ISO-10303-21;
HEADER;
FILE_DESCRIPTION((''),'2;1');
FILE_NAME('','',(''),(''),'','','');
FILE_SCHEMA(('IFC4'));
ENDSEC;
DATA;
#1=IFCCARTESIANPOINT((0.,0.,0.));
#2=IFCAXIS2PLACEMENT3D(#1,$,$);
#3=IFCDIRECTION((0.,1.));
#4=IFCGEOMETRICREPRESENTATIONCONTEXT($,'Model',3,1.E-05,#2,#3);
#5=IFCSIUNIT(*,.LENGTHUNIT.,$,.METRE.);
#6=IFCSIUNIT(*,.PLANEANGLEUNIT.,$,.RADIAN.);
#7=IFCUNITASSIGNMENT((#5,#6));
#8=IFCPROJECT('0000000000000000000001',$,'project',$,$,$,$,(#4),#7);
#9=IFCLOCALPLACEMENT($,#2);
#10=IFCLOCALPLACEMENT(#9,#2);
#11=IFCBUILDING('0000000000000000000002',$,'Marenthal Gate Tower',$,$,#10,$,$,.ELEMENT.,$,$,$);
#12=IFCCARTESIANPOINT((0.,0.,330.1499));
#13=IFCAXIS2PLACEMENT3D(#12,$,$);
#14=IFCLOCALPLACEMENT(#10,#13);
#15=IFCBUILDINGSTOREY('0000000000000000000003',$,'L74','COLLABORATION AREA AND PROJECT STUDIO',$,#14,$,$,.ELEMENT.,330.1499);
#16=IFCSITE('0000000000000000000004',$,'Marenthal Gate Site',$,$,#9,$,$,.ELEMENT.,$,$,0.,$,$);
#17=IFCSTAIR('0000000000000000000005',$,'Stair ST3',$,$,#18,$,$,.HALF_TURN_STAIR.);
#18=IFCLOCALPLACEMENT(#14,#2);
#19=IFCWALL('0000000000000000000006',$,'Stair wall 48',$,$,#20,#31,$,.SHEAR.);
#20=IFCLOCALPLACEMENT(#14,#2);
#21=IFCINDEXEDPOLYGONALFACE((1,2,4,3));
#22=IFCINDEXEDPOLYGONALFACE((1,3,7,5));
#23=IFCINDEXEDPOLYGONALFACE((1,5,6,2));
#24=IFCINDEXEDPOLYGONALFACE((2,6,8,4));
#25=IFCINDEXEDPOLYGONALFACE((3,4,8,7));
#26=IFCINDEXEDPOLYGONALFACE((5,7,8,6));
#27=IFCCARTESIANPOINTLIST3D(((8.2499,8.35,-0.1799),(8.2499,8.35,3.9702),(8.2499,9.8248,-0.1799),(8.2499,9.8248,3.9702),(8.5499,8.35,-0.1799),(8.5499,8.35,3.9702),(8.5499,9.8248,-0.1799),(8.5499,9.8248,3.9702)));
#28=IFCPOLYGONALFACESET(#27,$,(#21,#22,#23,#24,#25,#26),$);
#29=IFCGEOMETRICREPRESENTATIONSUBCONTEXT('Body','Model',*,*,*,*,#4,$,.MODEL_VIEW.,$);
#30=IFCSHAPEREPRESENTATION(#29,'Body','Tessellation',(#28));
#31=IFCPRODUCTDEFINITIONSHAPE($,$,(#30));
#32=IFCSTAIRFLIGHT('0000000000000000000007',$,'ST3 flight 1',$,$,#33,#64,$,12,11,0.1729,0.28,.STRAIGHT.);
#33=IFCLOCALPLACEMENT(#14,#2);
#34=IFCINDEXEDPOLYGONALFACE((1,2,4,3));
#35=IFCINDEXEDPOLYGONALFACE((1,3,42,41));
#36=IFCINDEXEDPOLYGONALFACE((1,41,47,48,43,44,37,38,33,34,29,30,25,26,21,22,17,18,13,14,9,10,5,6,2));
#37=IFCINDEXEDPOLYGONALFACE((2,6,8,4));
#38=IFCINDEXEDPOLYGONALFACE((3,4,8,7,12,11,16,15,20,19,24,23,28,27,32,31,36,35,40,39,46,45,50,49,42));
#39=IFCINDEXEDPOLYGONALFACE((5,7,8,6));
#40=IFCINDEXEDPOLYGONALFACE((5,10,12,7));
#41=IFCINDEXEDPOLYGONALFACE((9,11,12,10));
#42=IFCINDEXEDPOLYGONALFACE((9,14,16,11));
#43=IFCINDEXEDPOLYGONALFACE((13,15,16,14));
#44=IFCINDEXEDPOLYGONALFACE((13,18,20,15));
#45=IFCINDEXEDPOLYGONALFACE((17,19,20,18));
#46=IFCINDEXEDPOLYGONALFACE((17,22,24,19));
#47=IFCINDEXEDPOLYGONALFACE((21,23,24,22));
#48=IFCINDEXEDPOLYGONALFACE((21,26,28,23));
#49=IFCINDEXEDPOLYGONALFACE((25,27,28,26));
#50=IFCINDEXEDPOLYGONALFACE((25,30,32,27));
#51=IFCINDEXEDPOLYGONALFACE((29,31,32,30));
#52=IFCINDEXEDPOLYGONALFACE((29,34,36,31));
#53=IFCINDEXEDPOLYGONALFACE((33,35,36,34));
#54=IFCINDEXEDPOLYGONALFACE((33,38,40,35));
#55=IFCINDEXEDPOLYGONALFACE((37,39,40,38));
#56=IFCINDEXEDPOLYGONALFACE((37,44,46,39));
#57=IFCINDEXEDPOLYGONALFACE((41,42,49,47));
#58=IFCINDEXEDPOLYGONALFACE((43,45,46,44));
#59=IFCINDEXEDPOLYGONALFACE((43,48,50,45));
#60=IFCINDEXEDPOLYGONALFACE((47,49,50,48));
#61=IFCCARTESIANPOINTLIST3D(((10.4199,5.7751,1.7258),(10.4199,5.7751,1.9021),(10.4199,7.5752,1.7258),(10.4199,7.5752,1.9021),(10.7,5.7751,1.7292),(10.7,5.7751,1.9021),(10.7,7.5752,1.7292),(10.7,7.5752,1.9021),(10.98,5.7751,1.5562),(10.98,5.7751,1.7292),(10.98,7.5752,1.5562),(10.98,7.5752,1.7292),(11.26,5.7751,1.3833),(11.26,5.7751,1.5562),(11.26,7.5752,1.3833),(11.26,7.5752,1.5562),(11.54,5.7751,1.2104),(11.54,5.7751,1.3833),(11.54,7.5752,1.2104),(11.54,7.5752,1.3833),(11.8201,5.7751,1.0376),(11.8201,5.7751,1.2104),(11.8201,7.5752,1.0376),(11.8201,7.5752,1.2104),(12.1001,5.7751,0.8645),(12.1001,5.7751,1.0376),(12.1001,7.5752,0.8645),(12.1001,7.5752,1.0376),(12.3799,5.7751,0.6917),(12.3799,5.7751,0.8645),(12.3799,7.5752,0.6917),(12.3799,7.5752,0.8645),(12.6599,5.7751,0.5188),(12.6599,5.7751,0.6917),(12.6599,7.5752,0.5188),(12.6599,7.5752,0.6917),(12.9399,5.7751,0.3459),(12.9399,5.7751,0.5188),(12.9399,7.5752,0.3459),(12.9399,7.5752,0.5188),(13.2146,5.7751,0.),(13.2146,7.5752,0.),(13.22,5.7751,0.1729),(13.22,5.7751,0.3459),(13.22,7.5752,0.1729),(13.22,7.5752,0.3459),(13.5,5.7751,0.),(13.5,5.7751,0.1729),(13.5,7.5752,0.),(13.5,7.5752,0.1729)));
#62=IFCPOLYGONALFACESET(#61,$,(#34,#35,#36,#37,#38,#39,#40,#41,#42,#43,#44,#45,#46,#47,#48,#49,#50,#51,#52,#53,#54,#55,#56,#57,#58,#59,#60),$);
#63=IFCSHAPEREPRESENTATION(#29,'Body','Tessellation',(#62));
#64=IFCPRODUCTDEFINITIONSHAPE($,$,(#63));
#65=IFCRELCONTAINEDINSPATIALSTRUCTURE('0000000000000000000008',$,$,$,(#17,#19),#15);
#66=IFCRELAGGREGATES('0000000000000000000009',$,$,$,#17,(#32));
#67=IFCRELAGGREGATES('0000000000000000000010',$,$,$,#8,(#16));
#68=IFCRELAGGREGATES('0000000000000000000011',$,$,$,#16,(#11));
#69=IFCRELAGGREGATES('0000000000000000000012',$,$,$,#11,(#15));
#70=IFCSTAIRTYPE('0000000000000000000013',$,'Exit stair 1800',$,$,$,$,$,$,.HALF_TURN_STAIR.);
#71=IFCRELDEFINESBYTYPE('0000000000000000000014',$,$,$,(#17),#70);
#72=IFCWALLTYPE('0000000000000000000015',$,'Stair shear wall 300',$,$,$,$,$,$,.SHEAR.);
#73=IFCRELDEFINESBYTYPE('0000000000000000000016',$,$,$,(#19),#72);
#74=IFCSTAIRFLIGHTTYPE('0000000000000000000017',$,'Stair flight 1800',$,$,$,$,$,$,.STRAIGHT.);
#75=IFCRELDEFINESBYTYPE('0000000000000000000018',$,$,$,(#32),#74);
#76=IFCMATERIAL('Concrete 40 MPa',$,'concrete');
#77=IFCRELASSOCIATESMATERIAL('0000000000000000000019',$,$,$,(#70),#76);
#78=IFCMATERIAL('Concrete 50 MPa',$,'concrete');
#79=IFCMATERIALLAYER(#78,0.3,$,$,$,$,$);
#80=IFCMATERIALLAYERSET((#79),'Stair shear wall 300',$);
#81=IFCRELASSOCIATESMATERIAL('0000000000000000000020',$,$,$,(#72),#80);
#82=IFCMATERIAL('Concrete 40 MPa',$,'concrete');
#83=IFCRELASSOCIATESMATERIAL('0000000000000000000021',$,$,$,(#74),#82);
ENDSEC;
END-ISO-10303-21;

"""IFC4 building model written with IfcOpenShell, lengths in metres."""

from ifc_helpers import new_model, si_unit, direction, frame, frame_2d, origin, place, context, subcontext, project, spatial, polyline, rectangle, outline, extrude, material, layer, layer_set, type_object, element, aggregate, save


model = new_model("IFC4")

# Units and contexts
model_context = context("Model", 3, precision=1e-05, world=origin(), true_north=direction((0.0, 1.0)))
body_context = subcontext(model_context, "Body", "Model", "MODEL_VIEW")
ifc_project = project(units=[si_unit("LENGTHUNIT", "METRE"), si_unit("PLANEANGLEUNIT", "RADIAN")], contexts=[model_context])

# Site, building, storey
site_placement = place(None, origin())
site = spatial("IfcSite", under=ifc_project, at=site_placement, Name="Marenthal Gate Site", CompositionType="ELEMENT", RefElevation=0.0)
building_placement = place(site_placement, origin())
building = spatial("IfcBuilding", under=site, at=building_placement, Name="Marenthal Gate Tower", CompositionType="ELEMENT")
storey_placement = place(building_placement, frame((0.0, 0.0, 330.1499)))
storey = spatial("IfcBuildingStorey", under=building, at=storey_placement, Name="L74", Description="COLLABORATION AREA AND PROJECT STUDIO", CompositionType="ELEMENT", Elevation=330.1499)

# Stair
ifc_material_1 = material(Name="Concrete 40 MPa", Category="concrete")
stair_type = type_object("IfcStairType", Name="Exit stair 1800", PredefinedType="HALF_TURN_STAIR", material=ifc_material_1)
stair_1_placement = place(storey_placement, origin())
stair_1 = element("IfcStair", 1, at=stair_1_placement, inside=storey, type_object=stair_type, Name="Stair ST3", PredefinedType="HALF_TURN_STAIR")

# Wall
ifc_material_2 = material(Name="Concrete 50 MPa", Category="concrete")
ifc_layer_1 = layer(ifc_material_2, 0.3)
ifc_layer_set_1 = layer_set([ifc_layer_1], Name="Stair shear wall 300")
wall_type_1 = type_object("IfcWallType", Name="Stair shear wall 300", PredefinedType="SHEAR", material=ifc_layer_set_1)
wall_1_placement = place(storey_placement, frame((8.3999, 8.3501, -0.1799), z_axis=(0.0, 0.0, 1.0), x_axis=(0.0, 1.0, 0.0)))
element("IfcWall", 2, at=wall_1_placement, inside=storey, type_object=wall_type_1, Name="Stair wall 48", PredefinedType="SHEAR", context=body_context, shape_type="SweptSolid", body=[
    extrude(rectangle(XDim=1.4749, YDim=0.3, at=frame_2d((0.7373, 0.0))), origin(), (0.0, 0.0, 1.0), 4.1501),
])

# Stair flight
ifc_material_3 = material(Name="Concrete 40 MPa", Category="concrete")
stair_flight_type = type_object("IfcStairFlightType", Name="Stair flight 1800", PredefinedType="STRAIGHT", material=ifc_material_3)
stair_flight_placement = place(storey_placement, frame((13.5, 6.675, 0.0), z_axis=(0.0, 0.0, 1.0), x_axis=(-1.0, 0.0, 0.0)))
stair_flight = element("IfcStairFlight", 3, at=stair_flight_placement, type_object=stair_flight_type, Name="ST3 flight 1", NumberOfRisers=12, NumberOfTreads=11, PredefinedType="STRAIGHT", RiserHeight=0.1729, TreadLength=0.28, context=body_context, shape_type="SweptSolid", body=[
    extrude(outline(polyline([(0.0, 0.0), (0.0, 0.1729), (0.28, 0.1729), (0.28, 0.3459), (0.5601, 0.3459), (0.5601, 0.5188), (0.8401, 0.5188), (0.8401, 0.6917), (1.1201, 0.6917), (1.1201, 0.8645), (1.3999, 0.8645), (1.3999, 1.0376), (1.6799, 1.0376), (1.6799, 1.2104), (1.96, 1.2104), (1.96, 1.3833), (2.24, 1.3833), (2.24, 1.5562), (2.52, 1.5562), (2.52, 1.7292), (2.8, 1.7292), (2.8, 1.9021), (3.0801, 1.9021), (3.0801, 2.075), (3.0801, 1.7258), (0.2854, 0.0), (0.0, 0.0)])), frame((0.0, 0.8999, 0.0), z_axis=(0.0, -1.0, 0.0), x_axis=(1.0, 0.0, 0.0)), (0.0, 0.0, 1.0), 1.8),
])
aggregate(stair_1, [stair_flight])

save(model, "model.ifc")
